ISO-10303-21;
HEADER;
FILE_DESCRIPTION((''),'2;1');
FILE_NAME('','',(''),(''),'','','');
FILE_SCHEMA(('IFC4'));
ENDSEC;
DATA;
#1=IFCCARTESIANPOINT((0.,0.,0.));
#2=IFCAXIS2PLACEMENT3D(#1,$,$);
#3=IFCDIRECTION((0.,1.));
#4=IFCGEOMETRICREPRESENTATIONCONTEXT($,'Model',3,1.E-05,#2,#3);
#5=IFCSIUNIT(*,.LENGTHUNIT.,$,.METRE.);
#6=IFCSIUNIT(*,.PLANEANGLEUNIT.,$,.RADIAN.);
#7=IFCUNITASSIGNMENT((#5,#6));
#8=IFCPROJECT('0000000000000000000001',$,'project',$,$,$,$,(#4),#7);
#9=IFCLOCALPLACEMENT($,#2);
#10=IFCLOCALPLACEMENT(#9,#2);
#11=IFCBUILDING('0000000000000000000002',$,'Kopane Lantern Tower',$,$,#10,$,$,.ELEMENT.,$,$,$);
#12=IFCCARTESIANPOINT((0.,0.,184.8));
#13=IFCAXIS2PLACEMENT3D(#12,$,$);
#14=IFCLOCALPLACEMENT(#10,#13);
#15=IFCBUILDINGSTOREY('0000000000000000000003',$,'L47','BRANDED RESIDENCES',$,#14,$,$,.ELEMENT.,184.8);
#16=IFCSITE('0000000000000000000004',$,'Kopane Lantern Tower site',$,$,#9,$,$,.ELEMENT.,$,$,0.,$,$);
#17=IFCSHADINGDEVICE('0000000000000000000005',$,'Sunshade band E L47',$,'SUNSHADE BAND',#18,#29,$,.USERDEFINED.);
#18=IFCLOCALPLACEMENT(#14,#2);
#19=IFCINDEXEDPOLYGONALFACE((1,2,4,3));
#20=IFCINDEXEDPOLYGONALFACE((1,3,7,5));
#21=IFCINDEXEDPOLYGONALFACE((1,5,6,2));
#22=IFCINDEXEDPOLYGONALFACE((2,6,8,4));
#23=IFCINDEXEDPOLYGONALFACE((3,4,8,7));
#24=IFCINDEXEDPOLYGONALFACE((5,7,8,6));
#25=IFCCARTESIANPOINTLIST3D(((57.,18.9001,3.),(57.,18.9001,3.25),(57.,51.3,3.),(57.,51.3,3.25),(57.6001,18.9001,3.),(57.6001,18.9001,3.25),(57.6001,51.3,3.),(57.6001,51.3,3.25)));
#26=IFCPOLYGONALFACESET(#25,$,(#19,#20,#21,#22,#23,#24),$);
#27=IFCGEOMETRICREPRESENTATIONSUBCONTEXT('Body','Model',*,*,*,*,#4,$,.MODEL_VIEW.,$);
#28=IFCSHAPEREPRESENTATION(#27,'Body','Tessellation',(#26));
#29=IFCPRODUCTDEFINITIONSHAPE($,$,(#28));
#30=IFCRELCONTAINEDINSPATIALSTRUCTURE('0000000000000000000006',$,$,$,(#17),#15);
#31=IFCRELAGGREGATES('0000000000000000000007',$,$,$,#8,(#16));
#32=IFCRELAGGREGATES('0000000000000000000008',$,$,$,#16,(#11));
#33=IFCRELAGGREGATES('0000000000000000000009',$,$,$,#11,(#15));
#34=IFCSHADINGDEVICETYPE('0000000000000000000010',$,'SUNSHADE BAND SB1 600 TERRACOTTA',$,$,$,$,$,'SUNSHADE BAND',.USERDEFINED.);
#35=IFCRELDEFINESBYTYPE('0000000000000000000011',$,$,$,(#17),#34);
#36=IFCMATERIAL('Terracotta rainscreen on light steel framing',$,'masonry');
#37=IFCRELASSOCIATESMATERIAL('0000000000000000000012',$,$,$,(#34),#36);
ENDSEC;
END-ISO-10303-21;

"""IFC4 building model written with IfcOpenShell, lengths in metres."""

from ifc_helpers import new_model, si_unit, direction, frame, origin, origin_2d, place, context, subcontext, project, spatial, rectangle, extrude, material, type_object, element, save


model = new_model("IFC4")

# Units and contexts
model_context = context("Model", 3, precision=1e-05, world=origin(), true_north=direction((0.0, 1.0)))
body_context = subcontext(model_context, "Body", "Model", "MODEL_VIEW")
ifc_project = project(units=[si_unit("LENGTHUNIT", "METRE"), si_unit("PLANEANGLEUNIT", "RADIAN")], contexts=[model_context])

# Site, building, storey
site_placement = place(None, origin())
site = spatial("IfcSite", under=ifc_project, at=site_placement, Name="Kopane Lantern Tower site", CompositionType="ELEMENT", RefElevation=0.0)
building_placement = place(site_placement, origin())
building = spatial("IfcBuilding", under=site, at=building_placement, Name="Kopane Lantern Tower", CompositionType="ELEMENT")
storey_placement = place(building_placement, frame((0.0, 0.0, 184.8)))
storey = spatial("IfcBuildingStorey", under=building, at=storey_placement, Name="L47", Description="BRANDED RESIDENCES", CompositionType="ELEMENT", Elevation=184.8)

# Shading device
ifc_material_1 = material(Name="Terracotta rainscreen on light steel framing", Category="masonry")
shading_device_type = type_object("IfcShadingDeviceType", Name="SUNSHADE BAND SB1 600 TERRACOTTA", ElementType="SUNSHADE BAND", PredefinedType="USERDEFINED", material=ifc_material_1)
shading_device_placement = place(storey_placement, frame((57.3, 35.1001, 3.0), z_axis=(0.0, 0.0, 1.0), x_axis=(0.0, 1.0, 0.0)))
element("IfcShadingDevice", 1, at=shading_device_placement, inside=storey, type_object=shading_device_type, Name="Sunshade band E L47", ObjectType="SUNSHADE BAND", PredefinedType="USERDEFINED", context=body_context, shape_type="SweptSolid", body=[
    extrude(rectangle(XDim=32.3999, YDim=0.6001, at=origin_2d()), origin(), (0.0, 0.0, 1.0), 0.25),
])

save(model, "model.ifc")
